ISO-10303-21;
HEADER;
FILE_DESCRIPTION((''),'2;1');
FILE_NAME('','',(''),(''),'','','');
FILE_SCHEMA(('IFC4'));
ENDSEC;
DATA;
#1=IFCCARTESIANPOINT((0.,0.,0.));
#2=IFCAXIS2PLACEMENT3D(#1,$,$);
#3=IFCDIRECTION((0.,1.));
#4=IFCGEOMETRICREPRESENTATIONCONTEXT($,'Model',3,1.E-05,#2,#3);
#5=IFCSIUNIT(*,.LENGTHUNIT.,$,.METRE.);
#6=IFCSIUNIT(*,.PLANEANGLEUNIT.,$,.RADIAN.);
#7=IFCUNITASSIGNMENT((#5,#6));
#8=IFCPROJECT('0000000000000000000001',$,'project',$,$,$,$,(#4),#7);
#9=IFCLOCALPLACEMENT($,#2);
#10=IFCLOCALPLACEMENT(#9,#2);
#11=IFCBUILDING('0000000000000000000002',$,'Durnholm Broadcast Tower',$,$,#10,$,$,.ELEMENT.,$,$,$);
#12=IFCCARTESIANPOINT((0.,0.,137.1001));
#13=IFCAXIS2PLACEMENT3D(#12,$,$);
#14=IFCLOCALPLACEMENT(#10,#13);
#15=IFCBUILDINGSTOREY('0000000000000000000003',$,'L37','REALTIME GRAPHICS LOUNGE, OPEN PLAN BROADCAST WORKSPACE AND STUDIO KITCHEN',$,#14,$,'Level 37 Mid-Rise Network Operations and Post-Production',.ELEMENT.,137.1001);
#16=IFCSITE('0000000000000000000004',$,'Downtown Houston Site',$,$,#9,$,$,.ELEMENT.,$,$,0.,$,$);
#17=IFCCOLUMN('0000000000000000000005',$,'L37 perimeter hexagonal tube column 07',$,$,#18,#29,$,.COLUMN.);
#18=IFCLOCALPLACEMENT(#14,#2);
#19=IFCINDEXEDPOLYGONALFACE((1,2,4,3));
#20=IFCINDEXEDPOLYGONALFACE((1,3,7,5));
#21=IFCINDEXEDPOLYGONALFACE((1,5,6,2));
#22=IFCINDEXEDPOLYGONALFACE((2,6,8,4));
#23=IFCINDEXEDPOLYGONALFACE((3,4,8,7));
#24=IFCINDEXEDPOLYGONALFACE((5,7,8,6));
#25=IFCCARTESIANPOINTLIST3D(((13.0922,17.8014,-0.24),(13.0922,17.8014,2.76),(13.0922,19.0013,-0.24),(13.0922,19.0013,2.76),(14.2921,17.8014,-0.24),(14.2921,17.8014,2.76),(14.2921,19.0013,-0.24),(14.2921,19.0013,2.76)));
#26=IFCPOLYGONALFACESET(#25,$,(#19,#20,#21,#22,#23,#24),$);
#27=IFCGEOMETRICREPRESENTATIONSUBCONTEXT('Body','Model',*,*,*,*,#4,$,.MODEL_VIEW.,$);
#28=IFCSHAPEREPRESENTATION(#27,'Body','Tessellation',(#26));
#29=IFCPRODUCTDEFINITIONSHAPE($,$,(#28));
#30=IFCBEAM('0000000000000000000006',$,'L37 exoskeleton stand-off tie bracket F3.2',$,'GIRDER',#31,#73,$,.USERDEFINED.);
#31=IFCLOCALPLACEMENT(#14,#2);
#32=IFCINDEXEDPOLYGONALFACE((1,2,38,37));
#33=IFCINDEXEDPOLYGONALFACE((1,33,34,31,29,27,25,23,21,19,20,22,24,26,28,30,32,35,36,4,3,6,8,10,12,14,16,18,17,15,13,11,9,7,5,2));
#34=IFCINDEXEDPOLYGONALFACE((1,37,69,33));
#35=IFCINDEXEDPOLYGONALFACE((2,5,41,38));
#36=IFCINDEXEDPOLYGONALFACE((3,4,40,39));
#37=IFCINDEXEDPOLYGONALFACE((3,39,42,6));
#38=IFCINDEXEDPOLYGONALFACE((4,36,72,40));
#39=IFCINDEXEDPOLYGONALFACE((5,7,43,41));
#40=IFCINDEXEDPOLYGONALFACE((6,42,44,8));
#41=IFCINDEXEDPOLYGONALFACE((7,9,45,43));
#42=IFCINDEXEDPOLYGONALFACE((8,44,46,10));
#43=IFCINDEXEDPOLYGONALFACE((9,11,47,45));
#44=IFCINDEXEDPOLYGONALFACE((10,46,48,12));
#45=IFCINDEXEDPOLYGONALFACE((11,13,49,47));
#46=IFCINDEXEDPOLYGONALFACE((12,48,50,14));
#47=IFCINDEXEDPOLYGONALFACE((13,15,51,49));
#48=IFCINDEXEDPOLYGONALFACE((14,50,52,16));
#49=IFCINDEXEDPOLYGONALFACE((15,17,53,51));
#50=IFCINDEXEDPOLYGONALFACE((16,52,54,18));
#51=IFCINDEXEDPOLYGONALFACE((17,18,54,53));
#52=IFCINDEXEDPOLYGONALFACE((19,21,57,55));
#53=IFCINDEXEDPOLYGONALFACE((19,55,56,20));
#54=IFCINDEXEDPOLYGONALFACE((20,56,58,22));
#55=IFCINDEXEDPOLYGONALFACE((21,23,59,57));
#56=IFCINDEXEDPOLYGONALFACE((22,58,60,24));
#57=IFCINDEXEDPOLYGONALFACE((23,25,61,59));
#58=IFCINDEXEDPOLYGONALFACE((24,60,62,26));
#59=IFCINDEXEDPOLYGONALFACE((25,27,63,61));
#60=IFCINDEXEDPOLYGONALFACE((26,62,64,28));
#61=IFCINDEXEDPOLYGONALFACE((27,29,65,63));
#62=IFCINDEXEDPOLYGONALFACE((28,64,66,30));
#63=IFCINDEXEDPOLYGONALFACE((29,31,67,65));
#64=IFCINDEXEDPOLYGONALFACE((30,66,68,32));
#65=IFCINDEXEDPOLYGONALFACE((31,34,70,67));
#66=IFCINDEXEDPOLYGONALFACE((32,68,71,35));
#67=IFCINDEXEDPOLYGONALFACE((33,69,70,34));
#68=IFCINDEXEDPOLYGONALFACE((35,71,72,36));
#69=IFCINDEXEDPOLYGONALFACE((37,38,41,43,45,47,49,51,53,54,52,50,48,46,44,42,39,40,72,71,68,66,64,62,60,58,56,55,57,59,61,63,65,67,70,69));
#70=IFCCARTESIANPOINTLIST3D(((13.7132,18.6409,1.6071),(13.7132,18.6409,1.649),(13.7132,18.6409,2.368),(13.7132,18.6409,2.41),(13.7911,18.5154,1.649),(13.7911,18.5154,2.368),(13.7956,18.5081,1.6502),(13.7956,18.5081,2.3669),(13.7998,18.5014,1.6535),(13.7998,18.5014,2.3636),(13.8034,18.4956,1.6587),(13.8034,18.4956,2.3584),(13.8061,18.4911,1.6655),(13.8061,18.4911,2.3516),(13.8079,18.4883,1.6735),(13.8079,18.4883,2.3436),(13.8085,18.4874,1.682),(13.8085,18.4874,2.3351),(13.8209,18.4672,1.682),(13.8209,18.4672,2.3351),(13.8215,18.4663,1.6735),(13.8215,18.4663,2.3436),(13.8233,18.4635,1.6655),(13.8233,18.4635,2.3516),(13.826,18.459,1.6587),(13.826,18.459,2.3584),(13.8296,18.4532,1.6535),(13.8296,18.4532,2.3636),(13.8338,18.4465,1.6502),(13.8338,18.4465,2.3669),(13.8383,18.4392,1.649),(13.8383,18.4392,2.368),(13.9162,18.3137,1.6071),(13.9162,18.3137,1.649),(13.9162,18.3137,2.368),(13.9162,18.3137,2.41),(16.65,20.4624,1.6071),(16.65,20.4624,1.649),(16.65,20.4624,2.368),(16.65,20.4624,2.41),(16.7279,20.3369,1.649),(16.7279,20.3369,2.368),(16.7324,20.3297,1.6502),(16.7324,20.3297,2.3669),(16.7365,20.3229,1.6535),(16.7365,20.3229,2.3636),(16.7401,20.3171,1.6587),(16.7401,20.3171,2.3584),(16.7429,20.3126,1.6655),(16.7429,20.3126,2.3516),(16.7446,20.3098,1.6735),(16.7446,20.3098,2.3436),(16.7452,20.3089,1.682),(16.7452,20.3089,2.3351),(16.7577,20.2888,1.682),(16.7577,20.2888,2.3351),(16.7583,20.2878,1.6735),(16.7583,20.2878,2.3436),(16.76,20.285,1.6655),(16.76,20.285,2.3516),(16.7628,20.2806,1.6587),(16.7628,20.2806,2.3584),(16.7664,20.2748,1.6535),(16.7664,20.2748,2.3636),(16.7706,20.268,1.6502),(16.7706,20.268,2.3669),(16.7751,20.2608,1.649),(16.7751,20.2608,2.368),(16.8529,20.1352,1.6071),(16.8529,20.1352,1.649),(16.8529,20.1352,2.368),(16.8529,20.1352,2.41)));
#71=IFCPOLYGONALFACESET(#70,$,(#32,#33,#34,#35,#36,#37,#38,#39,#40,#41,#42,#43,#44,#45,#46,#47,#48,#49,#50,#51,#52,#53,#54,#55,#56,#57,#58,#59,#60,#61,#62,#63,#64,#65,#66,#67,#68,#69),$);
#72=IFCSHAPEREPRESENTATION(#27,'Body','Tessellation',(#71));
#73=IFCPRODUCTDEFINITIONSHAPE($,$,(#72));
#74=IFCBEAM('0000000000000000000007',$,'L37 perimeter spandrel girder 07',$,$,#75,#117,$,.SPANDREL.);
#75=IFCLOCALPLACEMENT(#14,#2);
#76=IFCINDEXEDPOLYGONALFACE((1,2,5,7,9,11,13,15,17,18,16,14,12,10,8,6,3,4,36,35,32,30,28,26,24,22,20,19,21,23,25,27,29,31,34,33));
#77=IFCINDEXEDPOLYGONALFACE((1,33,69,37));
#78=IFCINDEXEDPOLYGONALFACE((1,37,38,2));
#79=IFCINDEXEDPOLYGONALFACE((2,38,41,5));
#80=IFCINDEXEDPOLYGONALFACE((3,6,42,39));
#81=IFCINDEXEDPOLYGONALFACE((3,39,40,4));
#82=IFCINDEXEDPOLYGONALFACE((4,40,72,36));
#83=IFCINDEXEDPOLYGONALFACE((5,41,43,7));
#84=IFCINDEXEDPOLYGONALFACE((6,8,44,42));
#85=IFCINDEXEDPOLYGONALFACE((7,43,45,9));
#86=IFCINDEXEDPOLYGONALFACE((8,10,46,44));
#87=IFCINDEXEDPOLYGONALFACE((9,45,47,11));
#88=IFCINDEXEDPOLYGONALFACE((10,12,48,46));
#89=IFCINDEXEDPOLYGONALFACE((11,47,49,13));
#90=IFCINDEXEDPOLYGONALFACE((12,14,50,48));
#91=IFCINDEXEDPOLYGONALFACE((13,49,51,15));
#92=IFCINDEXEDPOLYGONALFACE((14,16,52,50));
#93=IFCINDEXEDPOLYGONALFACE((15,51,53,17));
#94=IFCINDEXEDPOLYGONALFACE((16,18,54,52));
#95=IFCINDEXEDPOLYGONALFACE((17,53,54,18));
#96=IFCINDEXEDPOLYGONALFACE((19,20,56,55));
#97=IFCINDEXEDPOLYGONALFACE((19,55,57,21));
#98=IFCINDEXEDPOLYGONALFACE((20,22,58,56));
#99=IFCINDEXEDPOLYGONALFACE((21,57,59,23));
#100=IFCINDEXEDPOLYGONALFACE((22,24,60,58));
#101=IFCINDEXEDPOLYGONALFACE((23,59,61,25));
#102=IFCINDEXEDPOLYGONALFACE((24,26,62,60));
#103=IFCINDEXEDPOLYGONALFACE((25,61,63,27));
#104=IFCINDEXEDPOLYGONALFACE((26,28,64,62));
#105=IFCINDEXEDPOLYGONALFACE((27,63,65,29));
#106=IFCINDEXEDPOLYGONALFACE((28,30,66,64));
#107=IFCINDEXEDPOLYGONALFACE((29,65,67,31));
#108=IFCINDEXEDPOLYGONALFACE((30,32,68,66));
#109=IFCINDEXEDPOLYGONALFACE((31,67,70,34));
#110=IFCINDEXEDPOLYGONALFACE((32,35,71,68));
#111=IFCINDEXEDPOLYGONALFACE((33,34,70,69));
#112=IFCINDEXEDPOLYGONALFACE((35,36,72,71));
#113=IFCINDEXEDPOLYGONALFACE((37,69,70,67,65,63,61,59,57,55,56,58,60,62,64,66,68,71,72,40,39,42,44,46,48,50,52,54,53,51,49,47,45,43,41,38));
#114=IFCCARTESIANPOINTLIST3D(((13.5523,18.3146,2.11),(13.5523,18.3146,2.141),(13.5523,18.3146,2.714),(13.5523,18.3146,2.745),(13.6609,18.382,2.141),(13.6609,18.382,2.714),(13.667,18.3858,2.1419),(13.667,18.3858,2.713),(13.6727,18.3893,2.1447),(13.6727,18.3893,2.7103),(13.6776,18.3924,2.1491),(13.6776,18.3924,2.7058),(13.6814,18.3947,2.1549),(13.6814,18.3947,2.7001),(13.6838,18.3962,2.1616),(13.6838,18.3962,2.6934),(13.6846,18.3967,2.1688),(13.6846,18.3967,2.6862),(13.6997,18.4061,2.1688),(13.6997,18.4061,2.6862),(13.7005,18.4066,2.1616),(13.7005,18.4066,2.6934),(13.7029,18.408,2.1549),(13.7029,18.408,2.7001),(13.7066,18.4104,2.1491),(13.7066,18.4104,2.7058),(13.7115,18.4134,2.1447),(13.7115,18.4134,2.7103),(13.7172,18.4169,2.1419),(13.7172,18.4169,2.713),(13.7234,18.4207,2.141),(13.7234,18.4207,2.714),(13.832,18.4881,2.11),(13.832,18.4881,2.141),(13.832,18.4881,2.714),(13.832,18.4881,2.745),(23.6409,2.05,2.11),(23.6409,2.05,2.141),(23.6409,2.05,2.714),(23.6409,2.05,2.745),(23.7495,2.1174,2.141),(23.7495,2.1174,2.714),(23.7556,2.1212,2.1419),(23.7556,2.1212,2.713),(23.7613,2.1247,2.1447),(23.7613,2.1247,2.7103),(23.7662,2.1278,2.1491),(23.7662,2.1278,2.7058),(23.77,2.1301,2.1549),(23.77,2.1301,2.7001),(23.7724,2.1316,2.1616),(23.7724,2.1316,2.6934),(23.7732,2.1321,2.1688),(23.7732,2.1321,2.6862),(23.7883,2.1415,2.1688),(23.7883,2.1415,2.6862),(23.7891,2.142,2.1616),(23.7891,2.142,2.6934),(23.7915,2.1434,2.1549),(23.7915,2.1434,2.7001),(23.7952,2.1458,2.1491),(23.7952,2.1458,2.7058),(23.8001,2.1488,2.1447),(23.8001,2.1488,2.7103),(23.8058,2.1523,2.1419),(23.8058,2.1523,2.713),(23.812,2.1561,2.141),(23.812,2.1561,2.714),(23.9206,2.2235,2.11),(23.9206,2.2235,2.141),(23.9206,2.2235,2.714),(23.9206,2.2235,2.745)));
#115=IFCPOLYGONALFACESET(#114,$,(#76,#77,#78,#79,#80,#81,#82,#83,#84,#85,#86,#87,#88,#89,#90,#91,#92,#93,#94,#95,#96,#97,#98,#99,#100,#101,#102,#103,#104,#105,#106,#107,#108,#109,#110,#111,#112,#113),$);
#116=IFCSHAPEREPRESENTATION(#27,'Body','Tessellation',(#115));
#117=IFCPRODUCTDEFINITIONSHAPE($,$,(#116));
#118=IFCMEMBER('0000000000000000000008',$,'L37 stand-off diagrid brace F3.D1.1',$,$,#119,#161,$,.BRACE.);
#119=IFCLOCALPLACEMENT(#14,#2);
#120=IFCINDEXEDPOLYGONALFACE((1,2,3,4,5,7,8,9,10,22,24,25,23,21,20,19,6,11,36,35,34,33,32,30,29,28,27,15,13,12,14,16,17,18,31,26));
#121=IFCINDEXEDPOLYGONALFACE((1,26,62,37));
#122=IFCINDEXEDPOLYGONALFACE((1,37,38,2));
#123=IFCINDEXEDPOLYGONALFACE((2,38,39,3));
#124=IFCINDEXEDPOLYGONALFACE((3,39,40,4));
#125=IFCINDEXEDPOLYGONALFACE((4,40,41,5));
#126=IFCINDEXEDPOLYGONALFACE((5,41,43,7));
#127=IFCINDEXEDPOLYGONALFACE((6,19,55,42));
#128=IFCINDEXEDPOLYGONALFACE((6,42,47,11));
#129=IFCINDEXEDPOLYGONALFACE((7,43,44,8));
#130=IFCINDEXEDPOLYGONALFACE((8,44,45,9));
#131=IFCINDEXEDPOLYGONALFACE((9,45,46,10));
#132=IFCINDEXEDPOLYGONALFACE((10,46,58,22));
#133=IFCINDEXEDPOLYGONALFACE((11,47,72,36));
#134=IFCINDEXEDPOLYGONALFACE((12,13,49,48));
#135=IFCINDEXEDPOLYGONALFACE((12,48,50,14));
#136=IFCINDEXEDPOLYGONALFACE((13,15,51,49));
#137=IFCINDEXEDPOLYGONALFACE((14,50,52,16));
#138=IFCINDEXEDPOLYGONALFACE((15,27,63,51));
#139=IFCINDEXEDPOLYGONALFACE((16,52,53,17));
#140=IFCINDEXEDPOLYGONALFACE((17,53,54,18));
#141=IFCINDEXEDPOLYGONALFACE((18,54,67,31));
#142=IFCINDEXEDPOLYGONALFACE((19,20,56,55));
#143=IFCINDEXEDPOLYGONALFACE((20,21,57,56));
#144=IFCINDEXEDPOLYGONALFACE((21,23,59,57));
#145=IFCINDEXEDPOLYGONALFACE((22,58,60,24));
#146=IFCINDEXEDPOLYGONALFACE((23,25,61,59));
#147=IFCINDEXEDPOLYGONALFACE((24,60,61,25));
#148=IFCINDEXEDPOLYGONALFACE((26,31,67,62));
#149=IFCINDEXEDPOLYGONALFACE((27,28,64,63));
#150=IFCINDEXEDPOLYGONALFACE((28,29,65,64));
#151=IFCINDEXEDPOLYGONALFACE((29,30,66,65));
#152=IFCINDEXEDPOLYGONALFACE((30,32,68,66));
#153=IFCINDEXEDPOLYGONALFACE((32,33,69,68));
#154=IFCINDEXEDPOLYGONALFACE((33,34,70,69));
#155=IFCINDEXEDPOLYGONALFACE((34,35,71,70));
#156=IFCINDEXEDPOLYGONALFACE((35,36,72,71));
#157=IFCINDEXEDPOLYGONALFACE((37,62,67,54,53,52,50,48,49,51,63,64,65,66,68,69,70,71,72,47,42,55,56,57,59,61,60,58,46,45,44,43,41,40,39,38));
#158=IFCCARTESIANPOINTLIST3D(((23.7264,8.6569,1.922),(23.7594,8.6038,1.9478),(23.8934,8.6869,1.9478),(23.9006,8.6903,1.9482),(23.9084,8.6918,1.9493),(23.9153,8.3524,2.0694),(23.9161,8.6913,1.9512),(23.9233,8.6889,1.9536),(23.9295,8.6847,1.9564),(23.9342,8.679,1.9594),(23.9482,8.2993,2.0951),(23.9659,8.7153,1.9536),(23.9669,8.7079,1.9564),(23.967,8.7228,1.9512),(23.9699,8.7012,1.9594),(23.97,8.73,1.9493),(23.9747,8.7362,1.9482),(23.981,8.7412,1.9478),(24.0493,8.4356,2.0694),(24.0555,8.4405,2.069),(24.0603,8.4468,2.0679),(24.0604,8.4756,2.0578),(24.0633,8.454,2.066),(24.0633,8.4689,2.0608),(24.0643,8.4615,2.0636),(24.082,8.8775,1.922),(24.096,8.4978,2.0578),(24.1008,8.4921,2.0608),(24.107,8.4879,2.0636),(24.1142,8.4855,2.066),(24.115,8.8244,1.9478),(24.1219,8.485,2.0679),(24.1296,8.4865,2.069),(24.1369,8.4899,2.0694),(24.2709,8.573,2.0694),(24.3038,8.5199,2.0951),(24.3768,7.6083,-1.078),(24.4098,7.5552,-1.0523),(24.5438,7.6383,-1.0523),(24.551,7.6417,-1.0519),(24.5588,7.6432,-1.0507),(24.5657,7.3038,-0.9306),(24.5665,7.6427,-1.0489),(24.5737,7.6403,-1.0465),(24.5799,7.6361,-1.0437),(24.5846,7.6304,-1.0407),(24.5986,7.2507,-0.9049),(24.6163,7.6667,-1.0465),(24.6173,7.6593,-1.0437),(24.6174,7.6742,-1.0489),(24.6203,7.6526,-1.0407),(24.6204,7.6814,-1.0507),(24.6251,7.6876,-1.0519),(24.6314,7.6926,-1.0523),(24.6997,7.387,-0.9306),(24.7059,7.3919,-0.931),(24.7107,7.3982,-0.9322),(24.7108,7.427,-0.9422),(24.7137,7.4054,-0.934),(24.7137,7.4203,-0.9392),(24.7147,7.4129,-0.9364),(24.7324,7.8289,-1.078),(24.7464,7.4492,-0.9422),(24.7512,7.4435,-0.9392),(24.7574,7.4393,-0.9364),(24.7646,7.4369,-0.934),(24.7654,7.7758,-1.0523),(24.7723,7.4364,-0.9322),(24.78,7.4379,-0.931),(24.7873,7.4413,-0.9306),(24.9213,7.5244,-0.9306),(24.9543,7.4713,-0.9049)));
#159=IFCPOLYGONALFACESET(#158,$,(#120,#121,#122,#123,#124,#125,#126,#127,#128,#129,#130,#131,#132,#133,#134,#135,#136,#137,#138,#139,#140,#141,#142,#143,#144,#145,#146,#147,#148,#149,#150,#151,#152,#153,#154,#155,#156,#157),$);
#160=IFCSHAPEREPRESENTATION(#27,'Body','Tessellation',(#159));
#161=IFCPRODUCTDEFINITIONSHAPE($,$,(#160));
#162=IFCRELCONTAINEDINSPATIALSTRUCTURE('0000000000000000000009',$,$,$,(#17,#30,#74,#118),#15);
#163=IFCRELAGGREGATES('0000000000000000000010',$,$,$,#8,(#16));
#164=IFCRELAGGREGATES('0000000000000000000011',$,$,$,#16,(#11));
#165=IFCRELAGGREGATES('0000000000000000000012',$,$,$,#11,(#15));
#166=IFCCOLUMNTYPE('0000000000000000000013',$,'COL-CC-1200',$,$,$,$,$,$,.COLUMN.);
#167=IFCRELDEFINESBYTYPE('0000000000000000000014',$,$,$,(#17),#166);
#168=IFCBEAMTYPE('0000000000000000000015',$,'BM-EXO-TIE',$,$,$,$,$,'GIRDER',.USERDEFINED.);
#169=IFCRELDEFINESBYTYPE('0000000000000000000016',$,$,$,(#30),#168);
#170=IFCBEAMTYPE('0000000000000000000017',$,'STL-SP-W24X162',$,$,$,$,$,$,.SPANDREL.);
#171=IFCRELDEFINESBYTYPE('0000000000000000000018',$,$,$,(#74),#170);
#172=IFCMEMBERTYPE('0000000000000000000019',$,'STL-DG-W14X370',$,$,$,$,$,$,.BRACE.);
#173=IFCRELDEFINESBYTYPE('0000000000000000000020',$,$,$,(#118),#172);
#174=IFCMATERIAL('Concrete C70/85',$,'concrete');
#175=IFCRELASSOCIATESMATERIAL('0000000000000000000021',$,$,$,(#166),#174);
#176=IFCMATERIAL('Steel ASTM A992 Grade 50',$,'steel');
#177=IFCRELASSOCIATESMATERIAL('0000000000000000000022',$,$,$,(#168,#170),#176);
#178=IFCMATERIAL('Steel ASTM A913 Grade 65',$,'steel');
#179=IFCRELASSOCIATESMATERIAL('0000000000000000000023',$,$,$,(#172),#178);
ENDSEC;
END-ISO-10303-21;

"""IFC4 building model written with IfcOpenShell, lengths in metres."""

from ifc_helpers import new_model, si_unit, direction, frame, origin, origin_2d, place, context, subcontext, project, spatial, rectangle, i_section, extrude, source, transform, mapped, material, material_profile, profile_set, type_object, type_shapes, element, save


model = new_model("IFC4")

# Units and contexts
model_context = context("Model", 3, precision=1e-05, world=origin(), true_north=direction((0.0, 1.0)))
body_context = subcontext(model_context, "Body", "Model", "MODEL_VIEW")
ifc_project = project(units=[si_unit("LENGTHUNIT", "METRE"), si_unit("PLANEANGLEUNIT", "RADIAN")], contexts=[model_context])

# Site, building, storey
site_placement = place(None, origin())
site = spatial("IfcSite", under=ifc_project, at=site_placement, Name="Downtown Houston Site", CompositionType="ELEMENT", RefElevation=0.0)
building_placement = place(site_placement, origin())
building = spatial("IfcBuilding", under=site, at=building_placement, Name="Durnholm Broadcast Tower", CompositionType="ELEMENT")
storey_placement = place(building_placement, frame((0.0, 0.0, 137.1001)))
storey = spatial("IfcBuildingStorey", under=building, at=storey_placement, Name="L37", Description="REALTIME GRAPHICS LOUNGE, OPEN PLAN BROADCAST WORKSPACE AND STUDIO KITCHEN", LongName="Level 37 Mid-Rise Network Operations and Post-Production", CompositionType="ELEMENT", Elevation=137.1001)

# Column
ifc_material_1 = material(Name="Concrete C70/85", Category="concrete")
ifc_material_profile_1 = material_profile(ifc_material_1, rectangle(XDim=1.2, YDim=1.2, at=origin_2d()), Name="RC1200X1200")
ifc_profile_set_1 = profile_set([ifc_material_profile_1], Name="Concrete C70/85")
column_type = type_object("IfcColumnType", Name="COL-CC-1200", PredefinedType="COLUMN", material=ifc_profile_set_1)
shared_shape_1 = source(origin(), body_context, "Body", "SweptSolid", [
    extrude(rectangle(XDim=1.2, YDim=1.2, at=origin_2d()), origin(), (0.0, 0.0, 1.0), 3.0),
])
type_shapes(column_type, [shared_shape_1])
column_placement = place(storey_placement, frame((13.6921, 18.4014, -0.24), z_axis=(0.0, 0.0, 1.0), x_axis=(1.0, 0.0, 0.0)))
element("IfcColumn", 1, at=column_placement, inside=storey, type_object=column_type, Name="L37 perimeter hexagonal tube column 07", PredefinedType="COLUMN", context=body_context, shape_type="MappedRepresentation", body=[
    mapped(shared_shape_1, transform((0.0, 0.0, 0.0), x_axis=(1.0, 0.0, 0.0), y_axis=(0.0, 1.0, 0.0), z_axis=(0.0, 0.0, 1.0), scale=1.0)),
])

# Beams
ifc_material_2 = material(Name="Steel ASTM A992 Grade 50", Category="steel")
ifc_material_profile_2 = material_profile(ifc_material_2, i_section(OverallWidth=0.385, OverallDepth=0.803, WebThickness=0.0237, FlangeThickness=0.042, FilletRadius=0.033, at=origin_2d()), Name="W30X261")
ifc_profile_set_2 = profile_set([ifc_material_profile_2], Name="Steel ASTM A992 Grade 50")
beam_type_1 = type_object("IfcBeamType", Name="BM-EXO-TIE", ElementType="GIRDER", PredefinedType="USERDEFINED", material=ifc_profile_set_2)
shared_shape_2 = source(origin(), body_context, "Body", "SweptSolid", [
    extrude(i_section(OverallWidth=0.385, OverallDepth=0.803, WebThickness=0.0237, FlangeThickness=0.042, FilletRadius=0.033, at=origin_2d()), origin(), (0.0, 0.0, 1.0), 3.4558),
])
type_shapes(beam_type_1, [shared_shape_2])
beam_1_placement = place(storey_placement, frame((13.8147, 18.4773, 2.0085), z_axis=(0.849807, 0.527094, 0.0), x_axis=(-0.527094, 0.849807, 0.0)))
element("IfcBeam", 2, at=beam_1_placement, inside=storey, type_object=beam_type_1, Name="L37 exoskeleton stand-off tie bracket F3.2", ObjectType="GIRDER", PredefinedType="USERDEFINED", context=body_context, shape_type="MappedRepresentation", body=[
    mapped(shared_shape_2, transform((0.0, 0.0, 0.0), x_axis=(1.0, 0.0, 0.0), y_axis=(0.0, 1.0, 0.0), z_axis=(0.0, 0.0, 1.0), scale=1.0)),
])
ifc_material_profile_3 = material_profile(ifc_material_2, i_section(OverallWidth=0.3291, OverallDepth=0.635, WebThickness=0.0178, FlangeThickness=0.031, FilletRadius=0.0278, at=origin_2d()), Name="W24X162")
ifc_profile_set_3 = profile_set([ifc_material_profile_3], Name="Steel ASTM A992 Grade 50")
beam_type_2 = type_object("IfcBeamType", Name="STL-SP-W24X162", PredefinedType="SPANDREL", material=ifc_profile_set_3)
shared_shape_3 = source(origin(), body_context, "Body", "SweptSolid", [
    extrude(i_section(OverallWidth=0.3291, OverallDepth=0.635, WebThickness=0.0178, FlangeThickness=0.031, FilletRadius=0.0278, at=origin_2d()), origin(), (0.0, 0.0, 1.0), 19.1394),
])
type_shapes(beam_type_2, [shared_shape_3])
beam_2_placement = place(storey_placement, frame((13.6921, 18.4014, 2.4275), z_axis=(0.527111, -0.849796, 0.0), x_axis=(0.849796, 0.527111, 0.0)))
element("IfcBeam", 3, at=beam_2_placement, inside=storey, type_object=beam_type_2, Name="L37 perimeter spandrel girder 07", PredefinedType="SPANDREL", context=body_context, shape_type="MappedRepresentation", body=[
    mapped(shared_shape_3, transform((0.0, 0.0, 0.0), x_axis=(1.0, 0.0, 0.0), y_axis=(0.0, 1.0, 0.0), z_axis=(0.0, 0.0, 1.0), scale=1.0)),
])

# Member
ifc_material_3 = material(Name="Steel ASTM A913 Grade 65", Category="steel")
ifc_material_profile_4 = material_profile(ifc_material_3, i_section(OverallWidth=0.4185, OverallDepth=0.4551, WebThickness=0.042, FlangeThickness=0.0676, FilletRadius=0.0305, at=origin_2d()), Name="W14X370")
ifc_profile_set_4 = profile_set([ifc_material_profile_4], Name="Steel ASTM A913 Grade 65")
member_type_1 = type_object("IfcMemberType", Name="STL-DG-W14X370", PredefinedType="BRACE", material=ifc_profile_set_4)
shared_shape_4 = source(origin(), body_context, "Body", "SweptSolid", [
    extrude(i_section(OverallWidth=0.4185, OverallDepth=0.4551, WebThickness=0.042, FlangeThickness=0.0676, FilletRadius=0.0305, at=origin_2d()), origin(), (0.0, 0.0, 1.0), 3.2439),
])
for number, where, z_axis, x_axis, name in (
    (4, (24.6655, 7.5398, -0.9915), (-0.2005, 0.323253, 0.924828), (-0.849805, -0.527097, 0.0), "L37 stand-off diagrid brace F3.D1.1"),
):
    element("IfcMember", number, at=place(storey_placement, frame(where, z_axis=z_axis, x_axis=x_axis)), inside=storey, type_object=member_type_1, Name=name, PredefinedType="BRACE", context=body_context, shape_type="MappedRepresentation", body=[
        mapped(shared_shape_4, transform((0.0, 0.0, 0.0), x_axis=(1.0, 0.0, 0.0), y_axis=(0.0, 1.0, 0.0), z_axis=(0.0, 0.0, 1.0), scale=1.0)),
    ])

save(model, "model.ifc")
